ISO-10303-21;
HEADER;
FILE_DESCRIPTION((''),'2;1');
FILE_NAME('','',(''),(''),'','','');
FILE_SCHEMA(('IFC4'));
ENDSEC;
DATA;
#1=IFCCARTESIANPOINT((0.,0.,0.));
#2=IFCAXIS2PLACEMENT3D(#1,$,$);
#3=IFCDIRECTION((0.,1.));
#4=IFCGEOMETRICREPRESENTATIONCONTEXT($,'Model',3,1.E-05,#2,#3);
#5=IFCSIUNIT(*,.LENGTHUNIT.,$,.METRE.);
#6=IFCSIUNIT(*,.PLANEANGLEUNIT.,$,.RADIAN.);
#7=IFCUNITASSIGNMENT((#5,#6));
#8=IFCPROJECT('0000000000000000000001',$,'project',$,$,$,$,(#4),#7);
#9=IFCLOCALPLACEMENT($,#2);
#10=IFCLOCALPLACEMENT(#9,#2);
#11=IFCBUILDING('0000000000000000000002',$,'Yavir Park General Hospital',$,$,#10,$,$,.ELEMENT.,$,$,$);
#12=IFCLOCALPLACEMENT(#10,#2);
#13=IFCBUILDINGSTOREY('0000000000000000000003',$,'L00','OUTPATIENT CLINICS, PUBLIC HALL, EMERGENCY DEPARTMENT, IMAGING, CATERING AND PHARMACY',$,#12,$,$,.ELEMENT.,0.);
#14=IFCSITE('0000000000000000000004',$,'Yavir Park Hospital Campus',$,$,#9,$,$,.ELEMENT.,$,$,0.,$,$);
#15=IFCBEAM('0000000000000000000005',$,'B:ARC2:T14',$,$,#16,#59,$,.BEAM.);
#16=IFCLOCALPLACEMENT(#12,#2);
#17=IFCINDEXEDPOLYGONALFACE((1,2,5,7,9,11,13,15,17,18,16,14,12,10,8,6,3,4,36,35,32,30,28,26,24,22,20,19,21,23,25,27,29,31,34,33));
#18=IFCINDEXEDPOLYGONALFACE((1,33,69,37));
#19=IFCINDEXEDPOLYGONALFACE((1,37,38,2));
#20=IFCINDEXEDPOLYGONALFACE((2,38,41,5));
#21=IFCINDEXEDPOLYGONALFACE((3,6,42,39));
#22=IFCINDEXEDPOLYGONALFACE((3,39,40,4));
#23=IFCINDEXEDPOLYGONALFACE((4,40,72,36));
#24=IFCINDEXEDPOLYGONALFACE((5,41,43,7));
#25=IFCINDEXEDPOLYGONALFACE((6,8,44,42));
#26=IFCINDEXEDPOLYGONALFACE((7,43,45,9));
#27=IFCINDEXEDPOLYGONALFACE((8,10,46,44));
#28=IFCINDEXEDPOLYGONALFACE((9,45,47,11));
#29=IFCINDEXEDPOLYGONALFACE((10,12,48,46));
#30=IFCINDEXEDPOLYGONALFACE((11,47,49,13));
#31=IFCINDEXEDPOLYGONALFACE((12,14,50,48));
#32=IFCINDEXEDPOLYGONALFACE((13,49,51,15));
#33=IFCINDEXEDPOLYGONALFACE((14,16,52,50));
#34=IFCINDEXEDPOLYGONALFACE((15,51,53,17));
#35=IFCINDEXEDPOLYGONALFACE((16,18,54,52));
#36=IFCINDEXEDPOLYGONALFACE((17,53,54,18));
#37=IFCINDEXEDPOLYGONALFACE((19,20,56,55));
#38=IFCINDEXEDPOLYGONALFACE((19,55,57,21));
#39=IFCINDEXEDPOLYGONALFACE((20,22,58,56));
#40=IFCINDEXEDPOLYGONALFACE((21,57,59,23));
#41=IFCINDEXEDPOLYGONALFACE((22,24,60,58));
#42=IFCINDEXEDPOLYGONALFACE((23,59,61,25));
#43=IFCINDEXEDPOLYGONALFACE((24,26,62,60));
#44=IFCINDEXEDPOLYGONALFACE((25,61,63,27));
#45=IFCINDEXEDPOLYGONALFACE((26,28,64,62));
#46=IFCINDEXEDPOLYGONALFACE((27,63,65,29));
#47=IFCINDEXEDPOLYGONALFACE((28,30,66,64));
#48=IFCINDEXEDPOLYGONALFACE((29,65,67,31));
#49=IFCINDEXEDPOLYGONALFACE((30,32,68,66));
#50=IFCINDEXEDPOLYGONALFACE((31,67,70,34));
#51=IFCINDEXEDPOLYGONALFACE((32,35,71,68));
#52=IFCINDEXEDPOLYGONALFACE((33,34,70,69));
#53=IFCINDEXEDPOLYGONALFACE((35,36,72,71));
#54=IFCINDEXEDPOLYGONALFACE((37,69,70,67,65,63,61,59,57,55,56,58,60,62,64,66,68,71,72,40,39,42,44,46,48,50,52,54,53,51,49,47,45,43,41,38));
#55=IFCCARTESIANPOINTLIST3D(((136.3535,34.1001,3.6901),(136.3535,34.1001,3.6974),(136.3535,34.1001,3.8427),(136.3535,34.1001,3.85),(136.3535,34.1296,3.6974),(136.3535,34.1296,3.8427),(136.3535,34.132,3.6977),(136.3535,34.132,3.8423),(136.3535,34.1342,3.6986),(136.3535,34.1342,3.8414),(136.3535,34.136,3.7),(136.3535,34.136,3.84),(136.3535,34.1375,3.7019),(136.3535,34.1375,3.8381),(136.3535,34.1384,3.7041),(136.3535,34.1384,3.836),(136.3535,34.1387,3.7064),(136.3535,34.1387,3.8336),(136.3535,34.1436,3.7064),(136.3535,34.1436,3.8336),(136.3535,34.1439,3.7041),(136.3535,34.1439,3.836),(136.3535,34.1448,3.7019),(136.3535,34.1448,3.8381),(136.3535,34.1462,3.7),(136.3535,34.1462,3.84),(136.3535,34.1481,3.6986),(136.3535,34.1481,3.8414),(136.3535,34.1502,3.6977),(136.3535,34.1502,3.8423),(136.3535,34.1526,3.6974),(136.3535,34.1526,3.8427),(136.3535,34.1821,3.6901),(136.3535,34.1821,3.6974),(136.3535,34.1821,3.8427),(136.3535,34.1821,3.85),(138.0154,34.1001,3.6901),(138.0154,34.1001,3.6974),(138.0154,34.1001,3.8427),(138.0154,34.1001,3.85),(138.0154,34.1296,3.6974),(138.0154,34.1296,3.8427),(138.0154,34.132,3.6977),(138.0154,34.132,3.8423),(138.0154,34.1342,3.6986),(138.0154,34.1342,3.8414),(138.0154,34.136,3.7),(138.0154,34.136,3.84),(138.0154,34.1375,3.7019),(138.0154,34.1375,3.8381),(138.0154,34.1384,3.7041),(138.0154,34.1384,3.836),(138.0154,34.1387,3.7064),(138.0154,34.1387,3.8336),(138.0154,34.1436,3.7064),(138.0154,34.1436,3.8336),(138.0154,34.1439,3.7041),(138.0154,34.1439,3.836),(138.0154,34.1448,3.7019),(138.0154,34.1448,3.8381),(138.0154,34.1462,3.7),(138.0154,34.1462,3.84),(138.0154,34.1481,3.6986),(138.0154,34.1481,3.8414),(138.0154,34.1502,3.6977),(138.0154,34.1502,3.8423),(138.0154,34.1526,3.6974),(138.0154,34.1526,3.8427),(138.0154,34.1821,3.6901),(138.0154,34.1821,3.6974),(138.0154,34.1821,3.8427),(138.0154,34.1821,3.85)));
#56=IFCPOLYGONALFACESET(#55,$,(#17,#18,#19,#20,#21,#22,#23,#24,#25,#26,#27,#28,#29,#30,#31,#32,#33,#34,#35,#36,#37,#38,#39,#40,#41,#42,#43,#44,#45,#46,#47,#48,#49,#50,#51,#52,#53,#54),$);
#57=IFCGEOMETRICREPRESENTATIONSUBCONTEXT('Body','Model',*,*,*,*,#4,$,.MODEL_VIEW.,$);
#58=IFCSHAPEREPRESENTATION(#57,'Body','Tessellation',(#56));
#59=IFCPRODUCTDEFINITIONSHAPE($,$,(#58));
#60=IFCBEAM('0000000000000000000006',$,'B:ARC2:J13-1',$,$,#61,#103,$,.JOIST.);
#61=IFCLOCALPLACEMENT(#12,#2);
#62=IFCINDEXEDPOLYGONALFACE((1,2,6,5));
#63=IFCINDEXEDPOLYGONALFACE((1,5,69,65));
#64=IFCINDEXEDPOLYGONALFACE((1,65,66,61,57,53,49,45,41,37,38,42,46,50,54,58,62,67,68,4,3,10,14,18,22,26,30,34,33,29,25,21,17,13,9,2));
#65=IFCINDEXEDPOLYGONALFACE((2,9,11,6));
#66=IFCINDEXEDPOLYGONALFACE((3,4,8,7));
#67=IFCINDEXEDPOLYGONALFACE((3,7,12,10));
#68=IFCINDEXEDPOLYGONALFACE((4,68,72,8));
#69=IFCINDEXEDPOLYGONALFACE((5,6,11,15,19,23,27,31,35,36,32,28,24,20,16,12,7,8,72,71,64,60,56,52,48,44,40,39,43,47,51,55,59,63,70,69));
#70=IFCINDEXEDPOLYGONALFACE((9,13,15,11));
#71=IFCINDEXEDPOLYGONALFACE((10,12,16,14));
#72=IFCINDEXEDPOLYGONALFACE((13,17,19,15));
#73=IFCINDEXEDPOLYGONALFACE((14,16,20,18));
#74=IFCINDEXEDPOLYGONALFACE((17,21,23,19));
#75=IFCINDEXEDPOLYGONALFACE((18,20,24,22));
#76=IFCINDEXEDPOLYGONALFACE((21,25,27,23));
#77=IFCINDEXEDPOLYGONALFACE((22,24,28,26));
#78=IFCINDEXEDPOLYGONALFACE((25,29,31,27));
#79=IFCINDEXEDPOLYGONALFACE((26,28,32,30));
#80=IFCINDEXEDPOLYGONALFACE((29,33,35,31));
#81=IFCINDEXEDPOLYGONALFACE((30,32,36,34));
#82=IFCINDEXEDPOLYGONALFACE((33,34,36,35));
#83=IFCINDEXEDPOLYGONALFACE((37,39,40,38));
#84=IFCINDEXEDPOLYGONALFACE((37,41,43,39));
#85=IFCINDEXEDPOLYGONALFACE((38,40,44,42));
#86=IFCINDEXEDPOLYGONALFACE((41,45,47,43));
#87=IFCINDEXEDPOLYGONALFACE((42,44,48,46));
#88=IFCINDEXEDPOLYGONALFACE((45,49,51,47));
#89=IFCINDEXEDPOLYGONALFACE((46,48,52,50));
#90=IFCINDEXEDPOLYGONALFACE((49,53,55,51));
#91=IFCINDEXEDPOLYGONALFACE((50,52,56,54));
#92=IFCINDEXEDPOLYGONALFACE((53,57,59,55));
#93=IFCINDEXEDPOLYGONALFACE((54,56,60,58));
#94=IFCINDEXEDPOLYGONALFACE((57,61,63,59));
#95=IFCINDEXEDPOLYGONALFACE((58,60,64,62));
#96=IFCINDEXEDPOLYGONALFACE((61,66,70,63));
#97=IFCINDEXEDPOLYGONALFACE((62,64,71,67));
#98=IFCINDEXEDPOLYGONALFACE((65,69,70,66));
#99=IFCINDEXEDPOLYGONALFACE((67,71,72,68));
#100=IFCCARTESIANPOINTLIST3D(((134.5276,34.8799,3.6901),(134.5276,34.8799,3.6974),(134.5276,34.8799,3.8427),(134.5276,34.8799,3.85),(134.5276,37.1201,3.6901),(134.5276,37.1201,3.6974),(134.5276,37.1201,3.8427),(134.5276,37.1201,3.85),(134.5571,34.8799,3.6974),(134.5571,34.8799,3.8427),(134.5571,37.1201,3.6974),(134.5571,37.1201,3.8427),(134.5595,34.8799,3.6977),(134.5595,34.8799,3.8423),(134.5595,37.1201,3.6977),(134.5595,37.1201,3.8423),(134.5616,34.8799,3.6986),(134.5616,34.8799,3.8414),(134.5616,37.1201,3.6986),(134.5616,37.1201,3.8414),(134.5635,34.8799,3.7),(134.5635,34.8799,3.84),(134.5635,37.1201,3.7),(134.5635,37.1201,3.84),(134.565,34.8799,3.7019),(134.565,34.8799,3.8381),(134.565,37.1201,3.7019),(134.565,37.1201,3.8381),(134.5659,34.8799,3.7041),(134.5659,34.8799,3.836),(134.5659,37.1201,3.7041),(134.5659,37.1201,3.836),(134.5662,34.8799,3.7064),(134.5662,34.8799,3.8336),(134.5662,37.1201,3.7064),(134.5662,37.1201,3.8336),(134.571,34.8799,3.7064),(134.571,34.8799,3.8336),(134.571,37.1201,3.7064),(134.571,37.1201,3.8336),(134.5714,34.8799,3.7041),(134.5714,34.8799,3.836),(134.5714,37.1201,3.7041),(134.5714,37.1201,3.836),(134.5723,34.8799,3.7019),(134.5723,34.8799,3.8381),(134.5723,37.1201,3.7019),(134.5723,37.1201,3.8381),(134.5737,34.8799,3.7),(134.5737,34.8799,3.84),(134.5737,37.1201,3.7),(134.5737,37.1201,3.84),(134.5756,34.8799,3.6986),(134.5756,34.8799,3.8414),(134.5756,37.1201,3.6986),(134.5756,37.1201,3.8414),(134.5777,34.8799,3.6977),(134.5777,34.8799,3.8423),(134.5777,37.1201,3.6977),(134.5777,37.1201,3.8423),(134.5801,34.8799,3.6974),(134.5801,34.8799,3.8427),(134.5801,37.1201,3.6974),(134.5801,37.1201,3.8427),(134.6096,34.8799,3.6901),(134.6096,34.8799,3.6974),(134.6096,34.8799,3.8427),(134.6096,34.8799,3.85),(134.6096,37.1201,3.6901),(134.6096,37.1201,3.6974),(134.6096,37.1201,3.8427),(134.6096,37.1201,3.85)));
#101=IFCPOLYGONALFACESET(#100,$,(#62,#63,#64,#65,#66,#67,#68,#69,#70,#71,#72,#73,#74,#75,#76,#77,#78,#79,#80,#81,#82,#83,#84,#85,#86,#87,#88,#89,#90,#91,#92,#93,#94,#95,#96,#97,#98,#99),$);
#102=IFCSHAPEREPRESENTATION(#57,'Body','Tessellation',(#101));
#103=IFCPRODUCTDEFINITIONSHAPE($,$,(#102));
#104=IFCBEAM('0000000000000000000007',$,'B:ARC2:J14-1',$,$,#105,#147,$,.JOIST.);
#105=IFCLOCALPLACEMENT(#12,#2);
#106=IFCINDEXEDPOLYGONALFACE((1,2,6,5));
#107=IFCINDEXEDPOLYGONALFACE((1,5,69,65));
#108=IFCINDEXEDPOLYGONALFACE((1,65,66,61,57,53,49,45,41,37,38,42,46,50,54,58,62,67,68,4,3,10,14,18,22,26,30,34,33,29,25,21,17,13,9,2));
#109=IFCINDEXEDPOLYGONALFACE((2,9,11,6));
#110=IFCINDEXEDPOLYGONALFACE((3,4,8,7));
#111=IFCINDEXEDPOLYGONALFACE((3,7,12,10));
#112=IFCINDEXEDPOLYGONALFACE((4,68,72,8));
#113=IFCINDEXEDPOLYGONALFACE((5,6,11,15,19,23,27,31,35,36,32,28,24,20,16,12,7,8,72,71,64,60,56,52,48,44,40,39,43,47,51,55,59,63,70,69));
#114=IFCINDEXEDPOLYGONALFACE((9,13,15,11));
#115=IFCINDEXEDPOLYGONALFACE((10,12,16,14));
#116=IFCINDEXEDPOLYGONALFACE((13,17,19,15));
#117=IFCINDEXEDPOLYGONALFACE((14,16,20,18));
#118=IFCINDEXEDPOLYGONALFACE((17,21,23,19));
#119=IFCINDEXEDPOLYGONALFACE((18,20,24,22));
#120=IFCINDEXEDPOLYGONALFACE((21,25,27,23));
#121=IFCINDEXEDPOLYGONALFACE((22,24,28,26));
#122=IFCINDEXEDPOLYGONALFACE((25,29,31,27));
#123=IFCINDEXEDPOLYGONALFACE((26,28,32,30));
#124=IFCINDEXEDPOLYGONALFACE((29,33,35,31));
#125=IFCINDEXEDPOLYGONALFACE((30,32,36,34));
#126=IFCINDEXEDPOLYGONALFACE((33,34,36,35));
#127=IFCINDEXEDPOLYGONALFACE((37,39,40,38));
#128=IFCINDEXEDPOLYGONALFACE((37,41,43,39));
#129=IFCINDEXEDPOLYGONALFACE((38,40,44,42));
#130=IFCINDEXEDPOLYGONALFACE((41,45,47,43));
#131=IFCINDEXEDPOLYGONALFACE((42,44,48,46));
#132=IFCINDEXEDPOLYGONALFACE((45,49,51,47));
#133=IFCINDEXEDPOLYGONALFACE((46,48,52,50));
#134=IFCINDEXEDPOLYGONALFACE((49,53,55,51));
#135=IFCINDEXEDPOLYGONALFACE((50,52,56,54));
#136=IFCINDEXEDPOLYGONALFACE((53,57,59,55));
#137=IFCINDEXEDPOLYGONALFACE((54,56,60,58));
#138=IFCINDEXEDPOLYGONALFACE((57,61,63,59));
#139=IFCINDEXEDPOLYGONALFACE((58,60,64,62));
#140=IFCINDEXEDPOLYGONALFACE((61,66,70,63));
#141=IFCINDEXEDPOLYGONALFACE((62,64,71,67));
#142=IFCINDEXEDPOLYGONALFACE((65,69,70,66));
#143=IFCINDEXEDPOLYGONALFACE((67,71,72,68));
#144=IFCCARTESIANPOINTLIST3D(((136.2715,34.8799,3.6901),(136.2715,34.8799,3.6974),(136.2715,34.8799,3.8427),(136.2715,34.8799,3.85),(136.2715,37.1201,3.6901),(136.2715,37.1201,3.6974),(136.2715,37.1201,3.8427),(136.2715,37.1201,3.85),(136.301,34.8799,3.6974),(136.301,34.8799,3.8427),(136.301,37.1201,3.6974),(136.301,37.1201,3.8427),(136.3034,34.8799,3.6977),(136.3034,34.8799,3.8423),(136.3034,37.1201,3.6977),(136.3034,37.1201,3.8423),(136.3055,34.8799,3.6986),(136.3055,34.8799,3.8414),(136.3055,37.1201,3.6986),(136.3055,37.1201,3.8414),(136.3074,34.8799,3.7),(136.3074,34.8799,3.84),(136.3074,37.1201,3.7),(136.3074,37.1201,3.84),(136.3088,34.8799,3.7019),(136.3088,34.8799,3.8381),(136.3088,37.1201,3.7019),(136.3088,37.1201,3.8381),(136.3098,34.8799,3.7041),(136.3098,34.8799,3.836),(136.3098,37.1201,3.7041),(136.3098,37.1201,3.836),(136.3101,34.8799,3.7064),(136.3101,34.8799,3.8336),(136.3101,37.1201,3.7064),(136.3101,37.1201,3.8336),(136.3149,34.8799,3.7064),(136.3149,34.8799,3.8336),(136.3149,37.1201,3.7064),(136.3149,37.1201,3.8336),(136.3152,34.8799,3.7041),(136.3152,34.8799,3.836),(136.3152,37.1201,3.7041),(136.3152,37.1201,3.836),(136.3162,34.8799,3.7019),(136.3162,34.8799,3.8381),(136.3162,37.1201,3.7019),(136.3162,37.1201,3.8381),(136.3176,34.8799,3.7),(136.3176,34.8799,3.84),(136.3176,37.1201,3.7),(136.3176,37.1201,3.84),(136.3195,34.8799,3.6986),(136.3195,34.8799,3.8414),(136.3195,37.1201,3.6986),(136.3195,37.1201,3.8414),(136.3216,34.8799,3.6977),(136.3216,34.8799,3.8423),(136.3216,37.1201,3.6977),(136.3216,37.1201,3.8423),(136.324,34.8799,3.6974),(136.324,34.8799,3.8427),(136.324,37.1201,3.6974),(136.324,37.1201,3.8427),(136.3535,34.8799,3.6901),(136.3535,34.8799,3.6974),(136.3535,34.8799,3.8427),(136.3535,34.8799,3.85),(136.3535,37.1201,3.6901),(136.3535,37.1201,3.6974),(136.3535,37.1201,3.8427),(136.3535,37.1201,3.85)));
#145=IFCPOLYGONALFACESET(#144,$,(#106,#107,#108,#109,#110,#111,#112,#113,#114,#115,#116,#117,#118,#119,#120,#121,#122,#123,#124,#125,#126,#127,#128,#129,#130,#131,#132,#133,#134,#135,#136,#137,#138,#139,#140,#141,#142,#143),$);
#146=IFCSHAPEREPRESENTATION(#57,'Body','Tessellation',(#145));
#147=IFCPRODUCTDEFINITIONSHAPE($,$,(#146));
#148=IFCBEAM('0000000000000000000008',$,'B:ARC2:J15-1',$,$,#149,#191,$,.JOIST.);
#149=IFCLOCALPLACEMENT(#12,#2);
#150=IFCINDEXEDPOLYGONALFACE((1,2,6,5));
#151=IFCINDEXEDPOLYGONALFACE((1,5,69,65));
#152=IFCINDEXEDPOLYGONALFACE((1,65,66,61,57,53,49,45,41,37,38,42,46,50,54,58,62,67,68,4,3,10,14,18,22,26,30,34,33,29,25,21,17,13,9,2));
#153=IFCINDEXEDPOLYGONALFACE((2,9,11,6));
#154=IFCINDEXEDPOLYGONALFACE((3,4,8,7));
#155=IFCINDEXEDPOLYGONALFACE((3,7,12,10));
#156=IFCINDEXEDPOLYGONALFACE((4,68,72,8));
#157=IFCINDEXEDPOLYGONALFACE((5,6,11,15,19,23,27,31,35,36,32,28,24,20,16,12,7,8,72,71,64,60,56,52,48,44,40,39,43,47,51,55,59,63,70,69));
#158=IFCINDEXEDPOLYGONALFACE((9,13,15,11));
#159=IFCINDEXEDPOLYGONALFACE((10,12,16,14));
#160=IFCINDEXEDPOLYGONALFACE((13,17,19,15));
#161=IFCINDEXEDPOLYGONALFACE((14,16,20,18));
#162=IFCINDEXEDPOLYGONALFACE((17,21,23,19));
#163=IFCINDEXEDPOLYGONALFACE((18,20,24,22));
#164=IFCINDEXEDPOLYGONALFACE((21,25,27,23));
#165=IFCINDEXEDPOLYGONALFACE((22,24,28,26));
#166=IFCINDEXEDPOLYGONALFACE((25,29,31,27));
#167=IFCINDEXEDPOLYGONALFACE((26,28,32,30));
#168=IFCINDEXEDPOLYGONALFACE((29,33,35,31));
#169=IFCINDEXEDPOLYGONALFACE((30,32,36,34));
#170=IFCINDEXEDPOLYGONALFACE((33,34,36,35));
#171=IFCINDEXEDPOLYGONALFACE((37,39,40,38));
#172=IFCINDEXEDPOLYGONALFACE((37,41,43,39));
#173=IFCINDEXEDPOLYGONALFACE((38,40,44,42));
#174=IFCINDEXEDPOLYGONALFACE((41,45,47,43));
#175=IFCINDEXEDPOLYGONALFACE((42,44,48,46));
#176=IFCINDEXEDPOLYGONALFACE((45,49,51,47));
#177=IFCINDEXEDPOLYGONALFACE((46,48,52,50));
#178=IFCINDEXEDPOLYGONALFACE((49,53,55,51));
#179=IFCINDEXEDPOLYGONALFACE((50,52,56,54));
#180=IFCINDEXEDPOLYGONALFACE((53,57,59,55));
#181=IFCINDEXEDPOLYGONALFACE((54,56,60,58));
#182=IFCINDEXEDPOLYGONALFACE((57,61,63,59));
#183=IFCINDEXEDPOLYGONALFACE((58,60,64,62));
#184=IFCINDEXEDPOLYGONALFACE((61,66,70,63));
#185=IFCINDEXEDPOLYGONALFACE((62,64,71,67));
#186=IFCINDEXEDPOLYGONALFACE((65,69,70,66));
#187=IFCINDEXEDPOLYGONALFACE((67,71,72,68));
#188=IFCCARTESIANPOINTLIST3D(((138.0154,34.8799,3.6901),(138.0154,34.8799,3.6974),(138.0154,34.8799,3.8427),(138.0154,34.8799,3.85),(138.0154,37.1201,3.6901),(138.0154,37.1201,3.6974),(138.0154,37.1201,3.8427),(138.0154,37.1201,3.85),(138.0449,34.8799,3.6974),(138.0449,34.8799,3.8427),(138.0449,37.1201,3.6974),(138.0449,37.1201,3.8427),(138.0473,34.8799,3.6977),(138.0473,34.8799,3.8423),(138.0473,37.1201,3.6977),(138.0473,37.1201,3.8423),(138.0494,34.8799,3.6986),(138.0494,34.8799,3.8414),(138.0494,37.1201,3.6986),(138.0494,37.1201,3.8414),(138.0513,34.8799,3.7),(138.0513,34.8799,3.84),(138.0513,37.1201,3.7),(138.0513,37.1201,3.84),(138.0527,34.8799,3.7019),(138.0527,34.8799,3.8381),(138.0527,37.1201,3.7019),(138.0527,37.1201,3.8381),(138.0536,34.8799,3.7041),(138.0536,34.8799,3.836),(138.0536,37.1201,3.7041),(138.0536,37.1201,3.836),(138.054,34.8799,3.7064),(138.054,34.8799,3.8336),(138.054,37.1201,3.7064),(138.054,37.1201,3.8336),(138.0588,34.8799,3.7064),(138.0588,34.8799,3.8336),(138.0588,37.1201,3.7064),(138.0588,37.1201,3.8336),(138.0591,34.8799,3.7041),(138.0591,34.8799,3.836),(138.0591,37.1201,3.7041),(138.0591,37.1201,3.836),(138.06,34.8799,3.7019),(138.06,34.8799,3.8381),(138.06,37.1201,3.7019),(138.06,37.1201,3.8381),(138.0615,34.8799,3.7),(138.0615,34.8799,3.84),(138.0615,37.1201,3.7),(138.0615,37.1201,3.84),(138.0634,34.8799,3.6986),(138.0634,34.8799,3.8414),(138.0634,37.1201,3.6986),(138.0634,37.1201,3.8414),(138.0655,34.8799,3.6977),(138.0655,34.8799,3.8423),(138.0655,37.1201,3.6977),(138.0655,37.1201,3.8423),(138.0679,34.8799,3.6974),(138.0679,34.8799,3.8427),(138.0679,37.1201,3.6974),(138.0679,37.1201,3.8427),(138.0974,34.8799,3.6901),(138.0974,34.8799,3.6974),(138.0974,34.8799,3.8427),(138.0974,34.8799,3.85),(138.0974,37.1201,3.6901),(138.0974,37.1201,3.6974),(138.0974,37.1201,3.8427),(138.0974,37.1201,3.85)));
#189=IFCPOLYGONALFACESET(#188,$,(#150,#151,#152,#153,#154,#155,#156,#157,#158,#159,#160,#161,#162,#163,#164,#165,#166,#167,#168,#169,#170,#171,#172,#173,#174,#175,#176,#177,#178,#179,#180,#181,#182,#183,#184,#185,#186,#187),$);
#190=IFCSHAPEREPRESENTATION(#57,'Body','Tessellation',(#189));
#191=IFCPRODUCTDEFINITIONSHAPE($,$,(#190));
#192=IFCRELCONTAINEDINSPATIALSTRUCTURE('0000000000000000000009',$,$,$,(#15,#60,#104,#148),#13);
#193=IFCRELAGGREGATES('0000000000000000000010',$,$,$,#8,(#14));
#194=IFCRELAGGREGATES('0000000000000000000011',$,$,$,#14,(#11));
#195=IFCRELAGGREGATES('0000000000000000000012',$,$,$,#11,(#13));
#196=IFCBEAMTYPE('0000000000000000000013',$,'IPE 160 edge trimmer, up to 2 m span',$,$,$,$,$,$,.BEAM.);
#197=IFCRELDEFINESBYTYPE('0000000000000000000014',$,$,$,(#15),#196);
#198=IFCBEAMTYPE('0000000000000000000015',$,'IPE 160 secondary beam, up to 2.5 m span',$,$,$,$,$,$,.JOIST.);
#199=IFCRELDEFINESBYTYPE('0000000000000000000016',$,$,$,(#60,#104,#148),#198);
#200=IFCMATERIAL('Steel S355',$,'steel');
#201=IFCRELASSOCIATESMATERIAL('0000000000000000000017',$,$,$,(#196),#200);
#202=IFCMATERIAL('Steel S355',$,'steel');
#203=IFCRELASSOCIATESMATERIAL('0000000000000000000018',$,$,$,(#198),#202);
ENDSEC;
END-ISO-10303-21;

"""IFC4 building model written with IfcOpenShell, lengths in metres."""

from ifc_helpers import new_model, si_unit, direction, frame, origin, origin_2d, place, context, subcontext, project, spatial, i_section, extrude, material, material_profile, profile_set, type_object, element, save


model = new_model("IFC4")

# Units and contexts
model_context = context("Model", 3, precision=1e-05, world=origin(), true_north=direction((0.0, 1.0)))
body_context = subcontext(model_context, "Body", "Model", "MODEL_VIEW")
ifc_project = project(units=[si_unit("LENGTHUNIT", "METRE"), si_unit("PLANEANGLEUNIT", "RADIAN")], contexts=[model_context])

# Site, building, storey
site_placement = place(None, origin())
site = spatial("IfcSite", under=ifc_project, at=site_placement, Name="Yavir Park Hospital Campus", CompositionType="ELEMENT", RefElevation=0.0)
building_placement = place(site_placement, origin())
building = spatial("IfcBuilding", under=site, at=building_placement, Name="Yavir Park General Hospital", CompositionType="ELEMENT")
storey_placement = place(building_placement, origin())
storey = spatial("IfcBuildingStorey", under=building, at=storey_placement, Name="L00", Description="OUTPATIENT CLINICS, PUBLIC HALL, EMERGENCY DEPARTMENT, IMAGING, CATERING AND PHARMACY", CompositionType="ELEMENT", Elevation=0.0)

# Beams
ifc_material_1 = material(Name="Steel S355", Category="steel")
ifc_material_profile_1 = material_profile(ifc_material_1, i_section(OverallWidth=0.082, OverallDepth=0.1599, WebThickness=0.0049, FlangeThickness=0.0073, FilletRadius=0.009, at=origin_2d()), Name="IPE160")
ifc_profile_set_1 = profile_set([ifc_material_profile_1], Name="Steel S355")
beam_type_1 = type_object("IfcBeamType", Name="IPE 160 edge trimmer, up to 2 m span", PredefinedType="BEAM", material=ifc_profile_set_1)
for number, where, z_axis, x_axis, name in (
    (1, (136.3535, 34.1411, 3.77), (1.0, 0.0, 0.0), (0.0, 1.0, 0.0), "B:ARC2:T14"),
):
    element("IfcBeam", number, at=place(storey_placement, frame(where, z_axis=z_axis, x_axis=x_axis)), inside=storey, type_object=beam_type_1, Name=name, PredefinedType="BEAM", context=body_context, shape_type="SweptSolid", body=[
        extrude(i_section(OverallWidth=0.082, OverallDepth=0.1599, WebThickness=0.0049, FlangeThickness=0.0073, FilletRadius=0.009, at=origin_2d()), origin(), (0.0, 0.0, 1.0), 1.6619),
    ])
ifc_material_2 = material(Name="Steel S355", Category="steel")
ifc_material_profile_2 = material_profile(ifc_material_2, i_section(OverallWidth=0.082, OverallDepth=0.1599, WebThickness=0.0049, FlangeThickness=0.0073, FilletRadius=0.009, at=origin_2d()), Name="IPE160")
ifc_profile_set_2 = profile_set([ifc_material_profile_2], Name="Steel S355")
beam_type_2 = type_object("IfcBeamType", Name="IPE 160 secondary beam, up to 2.5 m span", PredefinedType="JOIST", material=ifc_profile_set_2)
for number, where, z_axis, x_axis, name in (
    (2, (134.5686, 34.8799, 3.77), (0.0, 1.0, 0.0), (-1.0, 0.0, 0.0), "B:ARC2:J13-1"),
    (3, (136.3125, 34.8799, 3.77), (0.0, 1.0, 0.0), (-1.0, 0.0, 0.0), "B:ARC2:J14-1"),
    (4, (138.0564, 34.8799, 3.77), (0.0, 1.0, 0.0), (-1.0, 0.0, 0.0), "B:ARC2:J15-1"),
):
    element("IfcBeam", number, at=place(storey_placement, frame(where, z_axis=z_axis, x_axis=x_axis)), inside=storey, type_object=beam_type_2, Name=name, PredefinedType="JOIST", context=body_context, shape_type="SweptSolid", body=[
        extrude(i_section(OverallWidth=0.082, OverallDepth=0.1599, WebThickness=0.0049, FlangeThickness=0.0073, FilletRadius=0.009, at=origin_2d()), origin(), (0.0, 0.0, 1.0), 2.2402),
    ])

save(model, "model.ifc")
